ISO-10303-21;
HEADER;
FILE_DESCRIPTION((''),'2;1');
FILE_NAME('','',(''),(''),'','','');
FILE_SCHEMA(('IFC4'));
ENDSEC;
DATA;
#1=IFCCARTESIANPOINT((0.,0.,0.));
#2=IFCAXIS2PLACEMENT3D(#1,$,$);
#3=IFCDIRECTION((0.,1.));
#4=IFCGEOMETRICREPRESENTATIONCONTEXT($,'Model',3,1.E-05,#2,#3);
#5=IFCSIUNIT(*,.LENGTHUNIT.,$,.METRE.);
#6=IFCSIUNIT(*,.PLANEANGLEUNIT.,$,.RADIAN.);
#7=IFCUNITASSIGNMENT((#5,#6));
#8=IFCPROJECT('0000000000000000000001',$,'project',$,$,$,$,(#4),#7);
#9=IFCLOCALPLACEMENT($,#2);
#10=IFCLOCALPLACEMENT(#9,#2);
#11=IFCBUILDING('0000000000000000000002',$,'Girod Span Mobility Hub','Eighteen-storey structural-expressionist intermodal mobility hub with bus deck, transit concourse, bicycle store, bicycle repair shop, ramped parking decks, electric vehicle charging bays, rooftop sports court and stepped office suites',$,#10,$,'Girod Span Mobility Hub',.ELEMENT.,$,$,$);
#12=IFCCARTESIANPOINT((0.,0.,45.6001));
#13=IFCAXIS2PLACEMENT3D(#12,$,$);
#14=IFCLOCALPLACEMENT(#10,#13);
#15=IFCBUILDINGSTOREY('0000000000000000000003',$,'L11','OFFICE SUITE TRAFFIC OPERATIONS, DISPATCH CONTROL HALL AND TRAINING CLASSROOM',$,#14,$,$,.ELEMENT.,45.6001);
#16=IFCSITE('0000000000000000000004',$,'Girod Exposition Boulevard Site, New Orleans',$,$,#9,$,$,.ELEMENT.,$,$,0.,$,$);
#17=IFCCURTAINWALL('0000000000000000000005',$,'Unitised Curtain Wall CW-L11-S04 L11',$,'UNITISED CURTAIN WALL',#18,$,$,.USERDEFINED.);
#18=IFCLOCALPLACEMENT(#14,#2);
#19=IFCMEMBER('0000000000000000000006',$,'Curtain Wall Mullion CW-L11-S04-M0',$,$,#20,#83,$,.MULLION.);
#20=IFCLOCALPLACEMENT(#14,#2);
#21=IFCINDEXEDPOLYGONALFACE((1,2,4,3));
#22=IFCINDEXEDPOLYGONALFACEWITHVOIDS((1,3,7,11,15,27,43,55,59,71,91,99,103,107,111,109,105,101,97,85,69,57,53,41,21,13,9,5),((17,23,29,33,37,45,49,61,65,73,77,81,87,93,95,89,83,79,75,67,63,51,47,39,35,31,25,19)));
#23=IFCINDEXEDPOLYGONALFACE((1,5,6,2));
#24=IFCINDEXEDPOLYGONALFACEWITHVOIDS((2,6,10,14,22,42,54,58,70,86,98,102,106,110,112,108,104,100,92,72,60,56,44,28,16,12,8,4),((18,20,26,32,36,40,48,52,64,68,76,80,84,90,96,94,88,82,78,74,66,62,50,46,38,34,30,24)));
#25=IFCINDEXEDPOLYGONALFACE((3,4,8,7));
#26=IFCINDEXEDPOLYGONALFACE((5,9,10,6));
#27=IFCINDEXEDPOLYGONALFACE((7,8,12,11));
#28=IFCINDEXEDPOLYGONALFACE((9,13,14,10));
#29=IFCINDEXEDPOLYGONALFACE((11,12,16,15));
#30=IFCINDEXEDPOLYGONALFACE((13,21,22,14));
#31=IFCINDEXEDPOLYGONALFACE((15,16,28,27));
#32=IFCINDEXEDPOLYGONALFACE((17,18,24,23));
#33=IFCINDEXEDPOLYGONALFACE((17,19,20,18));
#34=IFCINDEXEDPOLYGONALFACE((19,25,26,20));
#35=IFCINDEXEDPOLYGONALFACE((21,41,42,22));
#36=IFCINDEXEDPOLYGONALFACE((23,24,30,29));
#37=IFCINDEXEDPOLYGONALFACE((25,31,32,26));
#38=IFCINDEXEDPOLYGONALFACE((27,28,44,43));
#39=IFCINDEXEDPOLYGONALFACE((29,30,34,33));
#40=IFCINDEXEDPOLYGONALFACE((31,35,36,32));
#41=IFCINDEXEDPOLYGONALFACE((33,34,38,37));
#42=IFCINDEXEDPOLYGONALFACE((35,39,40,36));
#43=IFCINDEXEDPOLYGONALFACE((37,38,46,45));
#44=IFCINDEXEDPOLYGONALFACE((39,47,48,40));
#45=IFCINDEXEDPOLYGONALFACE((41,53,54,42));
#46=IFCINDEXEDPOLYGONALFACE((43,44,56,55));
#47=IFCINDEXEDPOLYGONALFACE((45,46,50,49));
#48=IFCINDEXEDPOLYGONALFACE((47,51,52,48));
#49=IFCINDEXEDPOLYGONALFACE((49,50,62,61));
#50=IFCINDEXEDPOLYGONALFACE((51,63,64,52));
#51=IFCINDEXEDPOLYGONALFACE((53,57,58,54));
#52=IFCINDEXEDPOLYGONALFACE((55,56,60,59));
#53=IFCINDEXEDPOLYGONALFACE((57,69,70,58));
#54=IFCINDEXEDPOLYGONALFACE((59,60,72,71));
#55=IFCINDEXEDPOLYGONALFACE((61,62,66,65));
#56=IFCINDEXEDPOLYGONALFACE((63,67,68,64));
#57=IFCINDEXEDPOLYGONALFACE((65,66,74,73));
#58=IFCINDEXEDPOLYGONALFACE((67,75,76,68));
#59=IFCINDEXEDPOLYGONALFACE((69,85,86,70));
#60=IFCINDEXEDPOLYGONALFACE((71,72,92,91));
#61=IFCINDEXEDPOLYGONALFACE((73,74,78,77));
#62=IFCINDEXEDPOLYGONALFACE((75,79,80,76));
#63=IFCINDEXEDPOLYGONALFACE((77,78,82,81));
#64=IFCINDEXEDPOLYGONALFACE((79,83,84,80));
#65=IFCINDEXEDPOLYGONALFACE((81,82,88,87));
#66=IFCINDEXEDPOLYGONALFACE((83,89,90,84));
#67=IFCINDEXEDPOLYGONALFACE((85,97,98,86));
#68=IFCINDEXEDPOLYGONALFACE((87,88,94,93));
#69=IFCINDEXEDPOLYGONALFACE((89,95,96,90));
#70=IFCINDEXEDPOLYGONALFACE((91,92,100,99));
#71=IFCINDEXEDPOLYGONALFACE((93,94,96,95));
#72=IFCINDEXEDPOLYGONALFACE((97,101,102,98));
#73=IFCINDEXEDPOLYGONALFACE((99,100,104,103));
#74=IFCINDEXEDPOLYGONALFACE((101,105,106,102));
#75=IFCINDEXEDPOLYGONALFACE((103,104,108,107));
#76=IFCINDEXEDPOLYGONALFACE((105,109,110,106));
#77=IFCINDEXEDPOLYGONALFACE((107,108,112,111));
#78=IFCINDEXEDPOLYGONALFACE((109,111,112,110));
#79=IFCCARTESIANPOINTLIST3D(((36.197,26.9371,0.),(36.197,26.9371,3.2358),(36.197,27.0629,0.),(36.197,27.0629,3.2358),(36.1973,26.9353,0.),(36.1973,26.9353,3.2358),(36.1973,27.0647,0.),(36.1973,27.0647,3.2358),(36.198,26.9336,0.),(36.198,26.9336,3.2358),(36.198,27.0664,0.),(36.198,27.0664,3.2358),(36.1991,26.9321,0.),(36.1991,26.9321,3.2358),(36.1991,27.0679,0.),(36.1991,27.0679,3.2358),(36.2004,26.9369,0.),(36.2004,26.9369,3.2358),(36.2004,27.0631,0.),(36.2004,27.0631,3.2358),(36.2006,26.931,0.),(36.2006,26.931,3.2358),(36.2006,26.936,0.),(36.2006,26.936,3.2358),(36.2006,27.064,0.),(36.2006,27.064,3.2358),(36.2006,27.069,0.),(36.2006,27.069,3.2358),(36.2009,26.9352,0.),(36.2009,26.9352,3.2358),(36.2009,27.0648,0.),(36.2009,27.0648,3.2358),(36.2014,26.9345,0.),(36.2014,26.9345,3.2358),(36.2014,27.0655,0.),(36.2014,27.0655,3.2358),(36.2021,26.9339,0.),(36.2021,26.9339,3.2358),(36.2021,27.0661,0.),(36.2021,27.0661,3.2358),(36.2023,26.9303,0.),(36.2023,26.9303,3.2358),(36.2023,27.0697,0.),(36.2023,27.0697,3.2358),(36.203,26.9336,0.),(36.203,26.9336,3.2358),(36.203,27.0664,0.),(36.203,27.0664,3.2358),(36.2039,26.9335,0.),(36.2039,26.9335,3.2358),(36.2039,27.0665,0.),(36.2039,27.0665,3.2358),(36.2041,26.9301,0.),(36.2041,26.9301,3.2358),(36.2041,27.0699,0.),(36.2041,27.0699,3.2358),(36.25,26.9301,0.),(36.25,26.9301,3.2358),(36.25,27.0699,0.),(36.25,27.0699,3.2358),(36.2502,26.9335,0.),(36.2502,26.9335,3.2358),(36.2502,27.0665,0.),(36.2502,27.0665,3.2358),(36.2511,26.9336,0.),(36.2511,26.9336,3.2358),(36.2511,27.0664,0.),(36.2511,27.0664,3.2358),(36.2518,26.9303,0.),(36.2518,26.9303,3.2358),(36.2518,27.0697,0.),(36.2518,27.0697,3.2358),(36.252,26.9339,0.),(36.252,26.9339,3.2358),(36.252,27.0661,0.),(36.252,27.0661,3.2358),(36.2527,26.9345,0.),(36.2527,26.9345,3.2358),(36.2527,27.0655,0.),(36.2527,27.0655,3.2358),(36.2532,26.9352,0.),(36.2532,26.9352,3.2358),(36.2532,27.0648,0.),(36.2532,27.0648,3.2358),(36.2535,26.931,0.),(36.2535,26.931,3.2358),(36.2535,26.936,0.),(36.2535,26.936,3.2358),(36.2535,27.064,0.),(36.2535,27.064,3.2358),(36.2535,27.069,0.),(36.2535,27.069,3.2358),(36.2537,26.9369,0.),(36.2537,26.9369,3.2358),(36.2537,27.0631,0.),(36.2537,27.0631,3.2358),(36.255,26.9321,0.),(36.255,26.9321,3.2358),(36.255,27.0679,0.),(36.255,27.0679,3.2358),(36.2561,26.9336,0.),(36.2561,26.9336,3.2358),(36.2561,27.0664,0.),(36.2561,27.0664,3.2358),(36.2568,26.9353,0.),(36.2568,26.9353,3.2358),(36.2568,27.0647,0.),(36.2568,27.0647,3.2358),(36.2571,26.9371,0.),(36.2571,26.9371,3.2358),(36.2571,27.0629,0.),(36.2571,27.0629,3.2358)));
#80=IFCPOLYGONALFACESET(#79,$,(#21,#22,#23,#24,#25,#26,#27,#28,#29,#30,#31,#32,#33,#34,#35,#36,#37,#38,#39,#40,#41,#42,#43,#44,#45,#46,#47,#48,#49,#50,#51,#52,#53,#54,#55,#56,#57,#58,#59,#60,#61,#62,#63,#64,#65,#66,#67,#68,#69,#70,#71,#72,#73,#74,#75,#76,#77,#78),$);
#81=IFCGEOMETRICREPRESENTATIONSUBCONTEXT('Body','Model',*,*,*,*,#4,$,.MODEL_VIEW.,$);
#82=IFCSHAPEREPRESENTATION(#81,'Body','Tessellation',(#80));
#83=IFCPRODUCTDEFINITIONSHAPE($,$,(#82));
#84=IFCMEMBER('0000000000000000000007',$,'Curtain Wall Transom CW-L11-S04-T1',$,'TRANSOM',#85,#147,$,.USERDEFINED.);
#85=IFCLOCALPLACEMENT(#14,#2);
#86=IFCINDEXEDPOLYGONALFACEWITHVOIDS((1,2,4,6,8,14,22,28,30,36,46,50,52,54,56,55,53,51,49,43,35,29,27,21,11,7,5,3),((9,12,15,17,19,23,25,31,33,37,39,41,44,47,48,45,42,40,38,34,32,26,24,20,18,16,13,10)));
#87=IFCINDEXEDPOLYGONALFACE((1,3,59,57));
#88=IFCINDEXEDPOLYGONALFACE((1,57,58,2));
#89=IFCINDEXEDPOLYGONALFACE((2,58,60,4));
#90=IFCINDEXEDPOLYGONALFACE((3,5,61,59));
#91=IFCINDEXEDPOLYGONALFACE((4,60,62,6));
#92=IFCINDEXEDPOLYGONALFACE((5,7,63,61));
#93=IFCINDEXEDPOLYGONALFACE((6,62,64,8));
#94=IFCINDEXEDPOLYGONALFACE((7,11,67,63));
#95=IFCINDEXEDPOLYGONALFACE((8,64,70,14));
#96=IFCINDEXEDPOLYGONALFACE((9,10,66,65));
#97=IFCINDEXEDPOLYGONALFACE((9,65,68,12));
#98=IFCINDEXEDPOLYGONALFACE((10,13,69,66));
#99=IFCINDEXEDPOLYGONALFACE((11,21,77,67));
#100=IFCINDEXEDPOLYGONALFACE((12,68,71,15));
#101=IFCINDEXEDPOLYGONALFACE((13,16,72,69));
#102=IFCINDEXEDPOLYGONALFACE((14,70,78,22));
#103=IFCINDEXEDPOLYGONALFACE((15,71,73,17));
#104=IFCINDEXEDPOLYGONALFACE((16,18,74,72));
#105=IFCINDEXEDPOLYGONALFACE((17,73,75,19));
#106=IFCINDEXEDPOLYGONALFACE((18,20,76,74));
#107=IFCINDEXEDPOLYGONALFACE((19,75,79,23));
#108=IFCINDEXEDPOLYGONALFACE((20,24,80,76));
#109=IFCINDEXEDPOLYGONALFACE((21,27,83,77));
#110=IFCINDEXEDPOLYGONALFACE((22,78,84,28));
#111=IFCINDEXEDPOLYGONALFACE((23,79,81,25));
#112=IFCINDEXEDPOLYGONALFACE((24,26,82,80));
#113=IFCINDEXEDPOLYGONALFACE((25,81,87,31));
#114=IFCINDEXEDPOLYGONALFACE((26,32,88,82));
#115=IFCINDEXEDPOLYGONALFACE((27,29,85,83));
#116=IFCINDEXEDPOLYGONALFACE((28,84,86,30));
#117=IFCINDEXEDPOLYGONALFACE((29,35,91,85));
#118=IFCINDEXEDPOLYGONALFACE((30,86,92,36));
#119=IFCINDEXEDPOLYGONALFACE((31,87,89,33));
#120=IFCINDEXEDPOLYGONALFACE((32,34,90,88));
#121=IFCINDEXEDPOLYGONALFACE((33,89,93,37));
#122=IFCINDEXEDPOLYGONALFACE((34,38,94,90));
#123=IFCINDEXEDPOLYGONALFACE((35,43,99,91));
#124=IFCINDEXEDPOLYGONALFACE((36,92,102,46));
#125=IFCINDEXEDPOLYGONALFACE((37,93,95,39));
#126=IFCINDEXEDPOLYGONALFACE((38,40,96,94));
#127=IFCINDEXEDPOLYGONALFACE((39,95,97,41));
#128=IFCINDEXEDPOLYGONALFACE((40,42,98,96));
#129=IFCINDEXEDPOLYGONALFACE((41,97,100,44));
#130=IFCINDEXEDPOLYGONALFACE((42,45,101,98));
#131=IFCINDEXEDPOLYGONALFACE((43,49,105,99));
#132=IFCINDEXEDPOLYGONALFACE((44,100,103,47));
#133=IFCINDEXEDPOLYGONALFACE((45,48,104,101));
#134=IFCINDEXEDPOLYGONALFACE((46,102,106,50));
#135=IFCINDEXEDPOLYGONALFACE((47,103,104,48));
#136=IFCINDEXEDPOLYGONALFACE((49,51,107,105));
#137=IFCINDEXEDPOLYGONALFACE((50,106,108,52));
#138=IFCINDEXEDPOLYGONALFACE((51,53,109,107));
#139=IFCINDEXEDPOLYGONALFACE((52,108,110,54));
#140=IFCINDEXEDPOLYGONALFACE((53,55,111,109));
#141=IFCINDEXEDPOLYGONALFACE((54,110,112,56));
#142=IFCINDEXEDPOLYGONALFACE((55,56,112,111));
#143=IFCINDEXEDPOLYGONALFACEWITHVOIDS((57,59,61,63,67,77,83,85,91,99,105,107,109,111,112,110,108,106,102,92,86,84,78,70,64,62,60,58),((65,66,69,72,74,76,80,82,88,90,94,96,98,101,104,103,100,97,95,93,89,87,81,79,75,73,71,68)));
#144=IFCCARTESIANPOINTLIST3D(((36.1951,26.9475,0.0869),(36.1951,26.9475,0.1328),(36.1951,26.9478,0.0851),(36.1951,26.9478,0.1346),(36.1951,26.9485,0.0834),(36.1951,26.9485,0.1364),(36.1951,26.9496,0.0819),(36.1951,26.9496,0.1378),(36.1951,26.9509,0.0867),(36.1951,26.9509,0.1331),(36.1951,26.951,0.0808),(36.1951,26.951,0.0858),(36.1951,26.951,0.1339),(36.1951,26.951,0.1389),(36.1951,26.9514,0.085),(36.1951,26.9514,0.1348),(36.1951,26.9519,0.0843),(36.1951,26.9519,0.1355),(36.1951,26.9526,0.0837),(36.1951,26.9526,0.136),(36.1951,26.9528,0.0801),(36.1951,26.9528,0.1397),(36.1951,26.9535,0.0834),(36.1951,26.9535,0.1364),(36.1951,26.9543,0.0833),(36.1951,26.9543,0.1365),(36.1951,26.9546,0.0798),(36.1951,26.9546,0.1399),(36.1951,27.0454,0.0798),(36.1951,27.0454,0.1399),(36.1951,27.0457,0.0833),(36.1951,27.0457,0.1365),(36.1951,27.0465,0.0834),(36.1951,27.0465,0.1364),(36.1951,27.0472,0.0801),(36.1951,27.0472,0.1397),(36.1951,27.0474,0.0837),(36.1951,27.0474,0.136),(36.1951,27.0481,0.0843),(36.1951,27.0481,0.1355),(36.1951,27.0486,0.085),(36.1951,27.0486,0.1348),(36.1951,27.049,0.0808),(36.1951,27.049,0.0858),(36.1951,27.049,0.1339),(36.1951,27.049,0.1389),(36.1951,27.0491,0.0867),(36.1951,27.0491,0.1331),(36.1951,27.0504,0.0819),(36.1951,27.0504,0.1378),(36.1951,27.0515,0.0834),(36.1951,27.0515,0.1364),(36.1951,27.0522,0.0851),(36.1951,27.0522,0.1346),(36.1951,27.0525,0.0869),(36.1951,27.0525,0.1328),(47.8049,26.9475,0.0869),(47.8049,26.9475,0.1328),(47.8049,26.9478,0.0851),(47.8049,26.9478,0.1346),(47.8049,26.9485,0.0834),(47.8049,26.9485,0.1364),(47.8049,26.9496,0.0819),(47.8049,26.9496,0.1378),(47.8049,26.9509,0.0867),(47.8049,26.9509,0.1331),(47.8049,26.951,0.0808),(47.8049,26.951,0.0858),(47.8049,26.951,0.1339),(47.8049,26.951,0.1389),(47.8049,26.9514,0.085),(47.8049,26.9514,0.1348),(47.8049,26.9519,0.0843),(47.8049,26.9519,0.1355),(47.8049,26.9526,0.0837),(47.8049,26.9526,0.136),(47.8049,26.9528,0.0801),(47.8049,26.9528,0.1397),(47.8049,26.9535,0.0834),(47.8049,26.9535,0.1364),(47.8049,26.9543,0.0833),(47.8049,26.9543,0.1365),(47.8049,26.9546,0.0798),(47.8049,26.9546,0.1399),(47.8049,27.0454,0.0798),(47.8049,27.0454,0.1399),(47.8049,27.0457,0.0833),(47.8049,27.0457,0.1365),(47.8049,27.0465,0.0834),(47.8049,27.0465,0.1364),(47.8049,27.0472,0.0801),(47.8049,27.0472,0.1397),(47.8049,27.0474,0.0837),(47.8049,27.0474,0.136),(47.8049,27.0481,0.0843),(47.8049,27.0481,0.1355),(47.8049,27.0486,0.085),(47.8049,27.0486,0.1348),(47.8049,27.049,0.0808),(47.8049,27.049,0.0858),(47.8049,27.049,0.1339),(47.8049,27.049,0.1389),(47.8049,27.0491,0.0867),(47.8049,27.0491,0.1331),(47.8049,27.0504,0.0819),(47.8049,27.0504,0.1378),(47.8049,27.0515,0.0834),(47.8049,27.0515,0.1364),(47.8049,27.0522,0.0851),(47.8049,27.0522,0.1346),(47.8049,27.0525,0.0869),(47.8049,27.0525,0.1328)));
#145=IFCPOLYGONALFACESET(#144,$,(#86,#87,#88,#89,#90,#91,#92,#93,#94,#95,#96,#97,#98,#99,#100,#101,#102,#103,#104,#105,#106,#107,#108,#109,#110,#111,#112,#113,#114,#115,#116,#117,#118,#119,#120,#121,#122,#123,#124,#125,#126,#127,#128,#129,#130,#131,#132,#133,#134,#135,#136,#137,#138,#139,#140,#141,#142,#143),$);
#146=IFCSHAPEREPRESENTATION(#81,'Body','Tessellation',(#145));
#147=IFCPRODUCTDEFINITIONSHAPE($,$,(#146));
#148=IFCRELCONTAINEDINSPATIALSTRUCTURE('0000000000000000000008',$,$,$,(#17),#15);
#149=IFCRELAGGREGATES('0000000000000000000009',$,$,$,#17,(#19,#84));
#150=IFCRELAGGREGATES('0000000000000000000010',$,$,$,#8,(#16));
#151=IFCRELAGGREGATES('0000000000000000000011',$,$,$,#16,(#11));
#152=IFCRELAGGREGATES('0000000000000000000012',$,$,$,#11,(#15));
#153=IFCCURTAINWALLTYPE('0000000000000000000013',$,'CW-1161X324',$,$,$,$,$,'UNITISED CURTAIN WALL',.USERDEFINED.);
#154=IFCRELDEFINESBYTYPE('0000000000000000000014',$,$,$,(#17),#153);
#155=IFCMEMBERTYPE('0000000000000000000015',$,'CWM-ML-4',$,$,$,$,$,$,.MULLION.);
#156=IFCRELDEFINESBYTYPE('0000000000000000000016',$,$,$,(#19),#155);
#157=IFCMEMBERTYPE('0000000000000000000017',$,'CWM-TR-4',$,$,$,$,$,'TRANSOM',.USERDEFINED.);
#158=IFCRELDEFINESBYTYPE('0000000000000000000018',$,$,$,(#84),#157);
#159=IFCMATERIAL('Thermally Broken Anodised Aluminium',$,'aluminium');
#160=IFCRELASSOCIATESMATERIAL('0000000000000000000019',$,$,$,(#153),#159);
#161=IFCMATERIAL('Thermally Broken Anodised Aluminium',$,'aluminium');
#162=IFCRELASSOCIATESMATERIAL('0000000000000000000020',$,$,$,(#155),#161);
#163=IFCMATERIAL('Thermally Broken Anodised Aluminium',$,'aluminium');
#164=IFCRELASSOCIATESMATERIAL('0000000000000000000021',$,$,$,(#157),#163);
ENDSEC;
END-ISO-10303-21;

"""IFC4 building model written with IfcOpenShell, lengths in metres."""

from ifc_helpers import new_model, si_unit, direction, frame, origin, origin_2d, place, context, subcontext, project, spatial, hollow_rectangle, extrude, material, material_profile, profile_set, type_object, element, aggregate, save


model = new_model("IFC4")

# Units and contexts
model_context = context("Model", 3, precision=1e-05, world=origin(), true_north=direction((0.0, 1.0)))
body_context = subcontext(model_context, "Body", "Model", "MODEL_VIEW")
ifc_project = project(units=[si_unit("LENGTHUNIT", "METRE"), si_unit("PLANEANGLEUNIT", "RADIAN")], contexts=[model_context])

# Site, building, storey
site_placement = place(None, origin())
site = spatial("IfcSite", under=ifc_project, at=site_placement, Name="Girod Exposition Boulevard Site, New Orleans", CompositionType="ELEMENT", RefElevation=0.0)
building_placement = place(site_placement, origin())
building = spatial("IfcBuilding", under=site, at=building_placement, Name="Girod Span Mobility Hub", Description="Eighteen-storey structural-expressionist intermodal mobility hub with bus deck, transit concourse, bicycle store, bicycle repair shop, ramped parking decks, electric vehicle charging bays, rooftop sports court and stepped office suites", LongName="Girod Span Mobility Hub", CompositionType="ELEMENT")
storey_placement = place(building_placement, frame((0.0, 0.0, 45.6001)))
storey = spatial("IfcBuildingStorey", under=building, at=storey_placement, Name="L11", Description="OFFICE SUITE TRAFFIC OPERATIONS, DISPATCH CONTROL HALL AND TRAINING CLASSROOM", CompositionType="ELEMENT", Elevation=45.6001)

# Curtain wall, members
ifc_material_1 = material(Name="Thermally Broken Anodised Aluminium", Category="aluminium")
curtain_wall_type = type_object("IfcCurtainWallType", Name="CW-1161X324", ElementType="UNITISED CURTAIN WALL", PredefinedType="USERDEFINED", material=ifc_material_1)
curtain_wall_placement = place(storey_placement, origin())
curtain_wall = element("IfcCurtainWall", 1, at=curtain_wall_placement, inside=storey, type_object=curtain_wall_type, Name="Unitised Curtain Wall CW-L11-S04 L11", ObjectType="UNITISED CURTAIN WALL", PredefinedType="USERDEFINED")
ifc_material_2 = material(Name="Thermally Broken Anodised Aluminium", Category="aluminium")
ifc_material_profile_1 = material_profile(ifc_material_2, hollow_rectangle(XDim=0.1399, YDim=0.0601, WallThickness=0.0034, InnerFilletRadius=0.0034, OuterFilletRadius=0.0071, at=origin_2d()), Name="CW-ML-60X140")
ifc_profile_set_1 = profile_set([ifc_material_profile_1], Name="Thermally Broken Anodised Aluminium")
member_type_1 = type_object("IfcMemberType", Name="CWM-ML-4", PredefinedType="MULLION", material=ifc_profile_set_1)
member_1_placement = place(storey_placement, frame((36.2271, 27.0, 0.0), z_axis=(0.0, 0.0, 1.0), x_axis=(0.0, 1.0, 0.0)))
member_1 = element("IfcMember", 2, at=member_1_placement, type_object=member_type_1, Name="Curtain Wall Mullion CW-L11-S04-M0", PredefinedType="MULLION", context=body_context, shape_type="SweptSolid", body=[
    extrude(hollow_rectangle(XDim=0.1399, YDim=0.0601, WallThickness=0.0034, InnerFilletRadius=0.0034, OuterFilletRadius=0.0071, at=origin_2d()), origin(), (0.0, 0.0, 1.0), 3.2358),
])
ifc_material_3 = material(Name="Thermally Broken Anodised Aluminium", Category="aluminium")
ifc_material_profile_2 = material_profile(ifc_material_3, hollow_rectangle(XDim=0.105, YDim=0.0601, WallThickness=0.0034, InnerFilletRadius=0.0034, OuterFilletRadius=0.0071, at=origin_2d()), Name="CW-TR-60X105")
ifc_profile_set_2 = profile_set([ifc_material_profile_2], Name="Thermally Broken Anodised Aluminium")
member_type_2 = type_object("IfcMemberType", Name="CWM-TR-4", ElementType="TRANSOM", PredefinedType="USERDEFINED", material=ifc_profile_set_2)
member_2_placement = place(storey_placement, frame((36.1951, 27.0, 0.1099), z_axis=(1.0, 0.0, 0.0), x_axis=(0.0, 1.0, 0.0)))
member_2 = element("IfcMember", 3, at=member_2_placement, type_object=member_type_2, Name="Curtain Wall Transom CW-L11-S04-T1", ObjectType="TRANSOM", PredefinedType="USERDEFINED", context=body_context, shape_type="SweptSolid", body=[
    extrude(hollow_rectangle(XDim=0.105, YDim=0.0601, WallThickness=0.0034, InnerFilletRadius=0.0034, OuterFilletRadius=0.0071, at=origin_2d()), origin(), (0.0, 0.0, 1.0), 11.6099),
])
aggregate(curtain_wall, [member_1, member_2])

save(model, "model.ifc")
